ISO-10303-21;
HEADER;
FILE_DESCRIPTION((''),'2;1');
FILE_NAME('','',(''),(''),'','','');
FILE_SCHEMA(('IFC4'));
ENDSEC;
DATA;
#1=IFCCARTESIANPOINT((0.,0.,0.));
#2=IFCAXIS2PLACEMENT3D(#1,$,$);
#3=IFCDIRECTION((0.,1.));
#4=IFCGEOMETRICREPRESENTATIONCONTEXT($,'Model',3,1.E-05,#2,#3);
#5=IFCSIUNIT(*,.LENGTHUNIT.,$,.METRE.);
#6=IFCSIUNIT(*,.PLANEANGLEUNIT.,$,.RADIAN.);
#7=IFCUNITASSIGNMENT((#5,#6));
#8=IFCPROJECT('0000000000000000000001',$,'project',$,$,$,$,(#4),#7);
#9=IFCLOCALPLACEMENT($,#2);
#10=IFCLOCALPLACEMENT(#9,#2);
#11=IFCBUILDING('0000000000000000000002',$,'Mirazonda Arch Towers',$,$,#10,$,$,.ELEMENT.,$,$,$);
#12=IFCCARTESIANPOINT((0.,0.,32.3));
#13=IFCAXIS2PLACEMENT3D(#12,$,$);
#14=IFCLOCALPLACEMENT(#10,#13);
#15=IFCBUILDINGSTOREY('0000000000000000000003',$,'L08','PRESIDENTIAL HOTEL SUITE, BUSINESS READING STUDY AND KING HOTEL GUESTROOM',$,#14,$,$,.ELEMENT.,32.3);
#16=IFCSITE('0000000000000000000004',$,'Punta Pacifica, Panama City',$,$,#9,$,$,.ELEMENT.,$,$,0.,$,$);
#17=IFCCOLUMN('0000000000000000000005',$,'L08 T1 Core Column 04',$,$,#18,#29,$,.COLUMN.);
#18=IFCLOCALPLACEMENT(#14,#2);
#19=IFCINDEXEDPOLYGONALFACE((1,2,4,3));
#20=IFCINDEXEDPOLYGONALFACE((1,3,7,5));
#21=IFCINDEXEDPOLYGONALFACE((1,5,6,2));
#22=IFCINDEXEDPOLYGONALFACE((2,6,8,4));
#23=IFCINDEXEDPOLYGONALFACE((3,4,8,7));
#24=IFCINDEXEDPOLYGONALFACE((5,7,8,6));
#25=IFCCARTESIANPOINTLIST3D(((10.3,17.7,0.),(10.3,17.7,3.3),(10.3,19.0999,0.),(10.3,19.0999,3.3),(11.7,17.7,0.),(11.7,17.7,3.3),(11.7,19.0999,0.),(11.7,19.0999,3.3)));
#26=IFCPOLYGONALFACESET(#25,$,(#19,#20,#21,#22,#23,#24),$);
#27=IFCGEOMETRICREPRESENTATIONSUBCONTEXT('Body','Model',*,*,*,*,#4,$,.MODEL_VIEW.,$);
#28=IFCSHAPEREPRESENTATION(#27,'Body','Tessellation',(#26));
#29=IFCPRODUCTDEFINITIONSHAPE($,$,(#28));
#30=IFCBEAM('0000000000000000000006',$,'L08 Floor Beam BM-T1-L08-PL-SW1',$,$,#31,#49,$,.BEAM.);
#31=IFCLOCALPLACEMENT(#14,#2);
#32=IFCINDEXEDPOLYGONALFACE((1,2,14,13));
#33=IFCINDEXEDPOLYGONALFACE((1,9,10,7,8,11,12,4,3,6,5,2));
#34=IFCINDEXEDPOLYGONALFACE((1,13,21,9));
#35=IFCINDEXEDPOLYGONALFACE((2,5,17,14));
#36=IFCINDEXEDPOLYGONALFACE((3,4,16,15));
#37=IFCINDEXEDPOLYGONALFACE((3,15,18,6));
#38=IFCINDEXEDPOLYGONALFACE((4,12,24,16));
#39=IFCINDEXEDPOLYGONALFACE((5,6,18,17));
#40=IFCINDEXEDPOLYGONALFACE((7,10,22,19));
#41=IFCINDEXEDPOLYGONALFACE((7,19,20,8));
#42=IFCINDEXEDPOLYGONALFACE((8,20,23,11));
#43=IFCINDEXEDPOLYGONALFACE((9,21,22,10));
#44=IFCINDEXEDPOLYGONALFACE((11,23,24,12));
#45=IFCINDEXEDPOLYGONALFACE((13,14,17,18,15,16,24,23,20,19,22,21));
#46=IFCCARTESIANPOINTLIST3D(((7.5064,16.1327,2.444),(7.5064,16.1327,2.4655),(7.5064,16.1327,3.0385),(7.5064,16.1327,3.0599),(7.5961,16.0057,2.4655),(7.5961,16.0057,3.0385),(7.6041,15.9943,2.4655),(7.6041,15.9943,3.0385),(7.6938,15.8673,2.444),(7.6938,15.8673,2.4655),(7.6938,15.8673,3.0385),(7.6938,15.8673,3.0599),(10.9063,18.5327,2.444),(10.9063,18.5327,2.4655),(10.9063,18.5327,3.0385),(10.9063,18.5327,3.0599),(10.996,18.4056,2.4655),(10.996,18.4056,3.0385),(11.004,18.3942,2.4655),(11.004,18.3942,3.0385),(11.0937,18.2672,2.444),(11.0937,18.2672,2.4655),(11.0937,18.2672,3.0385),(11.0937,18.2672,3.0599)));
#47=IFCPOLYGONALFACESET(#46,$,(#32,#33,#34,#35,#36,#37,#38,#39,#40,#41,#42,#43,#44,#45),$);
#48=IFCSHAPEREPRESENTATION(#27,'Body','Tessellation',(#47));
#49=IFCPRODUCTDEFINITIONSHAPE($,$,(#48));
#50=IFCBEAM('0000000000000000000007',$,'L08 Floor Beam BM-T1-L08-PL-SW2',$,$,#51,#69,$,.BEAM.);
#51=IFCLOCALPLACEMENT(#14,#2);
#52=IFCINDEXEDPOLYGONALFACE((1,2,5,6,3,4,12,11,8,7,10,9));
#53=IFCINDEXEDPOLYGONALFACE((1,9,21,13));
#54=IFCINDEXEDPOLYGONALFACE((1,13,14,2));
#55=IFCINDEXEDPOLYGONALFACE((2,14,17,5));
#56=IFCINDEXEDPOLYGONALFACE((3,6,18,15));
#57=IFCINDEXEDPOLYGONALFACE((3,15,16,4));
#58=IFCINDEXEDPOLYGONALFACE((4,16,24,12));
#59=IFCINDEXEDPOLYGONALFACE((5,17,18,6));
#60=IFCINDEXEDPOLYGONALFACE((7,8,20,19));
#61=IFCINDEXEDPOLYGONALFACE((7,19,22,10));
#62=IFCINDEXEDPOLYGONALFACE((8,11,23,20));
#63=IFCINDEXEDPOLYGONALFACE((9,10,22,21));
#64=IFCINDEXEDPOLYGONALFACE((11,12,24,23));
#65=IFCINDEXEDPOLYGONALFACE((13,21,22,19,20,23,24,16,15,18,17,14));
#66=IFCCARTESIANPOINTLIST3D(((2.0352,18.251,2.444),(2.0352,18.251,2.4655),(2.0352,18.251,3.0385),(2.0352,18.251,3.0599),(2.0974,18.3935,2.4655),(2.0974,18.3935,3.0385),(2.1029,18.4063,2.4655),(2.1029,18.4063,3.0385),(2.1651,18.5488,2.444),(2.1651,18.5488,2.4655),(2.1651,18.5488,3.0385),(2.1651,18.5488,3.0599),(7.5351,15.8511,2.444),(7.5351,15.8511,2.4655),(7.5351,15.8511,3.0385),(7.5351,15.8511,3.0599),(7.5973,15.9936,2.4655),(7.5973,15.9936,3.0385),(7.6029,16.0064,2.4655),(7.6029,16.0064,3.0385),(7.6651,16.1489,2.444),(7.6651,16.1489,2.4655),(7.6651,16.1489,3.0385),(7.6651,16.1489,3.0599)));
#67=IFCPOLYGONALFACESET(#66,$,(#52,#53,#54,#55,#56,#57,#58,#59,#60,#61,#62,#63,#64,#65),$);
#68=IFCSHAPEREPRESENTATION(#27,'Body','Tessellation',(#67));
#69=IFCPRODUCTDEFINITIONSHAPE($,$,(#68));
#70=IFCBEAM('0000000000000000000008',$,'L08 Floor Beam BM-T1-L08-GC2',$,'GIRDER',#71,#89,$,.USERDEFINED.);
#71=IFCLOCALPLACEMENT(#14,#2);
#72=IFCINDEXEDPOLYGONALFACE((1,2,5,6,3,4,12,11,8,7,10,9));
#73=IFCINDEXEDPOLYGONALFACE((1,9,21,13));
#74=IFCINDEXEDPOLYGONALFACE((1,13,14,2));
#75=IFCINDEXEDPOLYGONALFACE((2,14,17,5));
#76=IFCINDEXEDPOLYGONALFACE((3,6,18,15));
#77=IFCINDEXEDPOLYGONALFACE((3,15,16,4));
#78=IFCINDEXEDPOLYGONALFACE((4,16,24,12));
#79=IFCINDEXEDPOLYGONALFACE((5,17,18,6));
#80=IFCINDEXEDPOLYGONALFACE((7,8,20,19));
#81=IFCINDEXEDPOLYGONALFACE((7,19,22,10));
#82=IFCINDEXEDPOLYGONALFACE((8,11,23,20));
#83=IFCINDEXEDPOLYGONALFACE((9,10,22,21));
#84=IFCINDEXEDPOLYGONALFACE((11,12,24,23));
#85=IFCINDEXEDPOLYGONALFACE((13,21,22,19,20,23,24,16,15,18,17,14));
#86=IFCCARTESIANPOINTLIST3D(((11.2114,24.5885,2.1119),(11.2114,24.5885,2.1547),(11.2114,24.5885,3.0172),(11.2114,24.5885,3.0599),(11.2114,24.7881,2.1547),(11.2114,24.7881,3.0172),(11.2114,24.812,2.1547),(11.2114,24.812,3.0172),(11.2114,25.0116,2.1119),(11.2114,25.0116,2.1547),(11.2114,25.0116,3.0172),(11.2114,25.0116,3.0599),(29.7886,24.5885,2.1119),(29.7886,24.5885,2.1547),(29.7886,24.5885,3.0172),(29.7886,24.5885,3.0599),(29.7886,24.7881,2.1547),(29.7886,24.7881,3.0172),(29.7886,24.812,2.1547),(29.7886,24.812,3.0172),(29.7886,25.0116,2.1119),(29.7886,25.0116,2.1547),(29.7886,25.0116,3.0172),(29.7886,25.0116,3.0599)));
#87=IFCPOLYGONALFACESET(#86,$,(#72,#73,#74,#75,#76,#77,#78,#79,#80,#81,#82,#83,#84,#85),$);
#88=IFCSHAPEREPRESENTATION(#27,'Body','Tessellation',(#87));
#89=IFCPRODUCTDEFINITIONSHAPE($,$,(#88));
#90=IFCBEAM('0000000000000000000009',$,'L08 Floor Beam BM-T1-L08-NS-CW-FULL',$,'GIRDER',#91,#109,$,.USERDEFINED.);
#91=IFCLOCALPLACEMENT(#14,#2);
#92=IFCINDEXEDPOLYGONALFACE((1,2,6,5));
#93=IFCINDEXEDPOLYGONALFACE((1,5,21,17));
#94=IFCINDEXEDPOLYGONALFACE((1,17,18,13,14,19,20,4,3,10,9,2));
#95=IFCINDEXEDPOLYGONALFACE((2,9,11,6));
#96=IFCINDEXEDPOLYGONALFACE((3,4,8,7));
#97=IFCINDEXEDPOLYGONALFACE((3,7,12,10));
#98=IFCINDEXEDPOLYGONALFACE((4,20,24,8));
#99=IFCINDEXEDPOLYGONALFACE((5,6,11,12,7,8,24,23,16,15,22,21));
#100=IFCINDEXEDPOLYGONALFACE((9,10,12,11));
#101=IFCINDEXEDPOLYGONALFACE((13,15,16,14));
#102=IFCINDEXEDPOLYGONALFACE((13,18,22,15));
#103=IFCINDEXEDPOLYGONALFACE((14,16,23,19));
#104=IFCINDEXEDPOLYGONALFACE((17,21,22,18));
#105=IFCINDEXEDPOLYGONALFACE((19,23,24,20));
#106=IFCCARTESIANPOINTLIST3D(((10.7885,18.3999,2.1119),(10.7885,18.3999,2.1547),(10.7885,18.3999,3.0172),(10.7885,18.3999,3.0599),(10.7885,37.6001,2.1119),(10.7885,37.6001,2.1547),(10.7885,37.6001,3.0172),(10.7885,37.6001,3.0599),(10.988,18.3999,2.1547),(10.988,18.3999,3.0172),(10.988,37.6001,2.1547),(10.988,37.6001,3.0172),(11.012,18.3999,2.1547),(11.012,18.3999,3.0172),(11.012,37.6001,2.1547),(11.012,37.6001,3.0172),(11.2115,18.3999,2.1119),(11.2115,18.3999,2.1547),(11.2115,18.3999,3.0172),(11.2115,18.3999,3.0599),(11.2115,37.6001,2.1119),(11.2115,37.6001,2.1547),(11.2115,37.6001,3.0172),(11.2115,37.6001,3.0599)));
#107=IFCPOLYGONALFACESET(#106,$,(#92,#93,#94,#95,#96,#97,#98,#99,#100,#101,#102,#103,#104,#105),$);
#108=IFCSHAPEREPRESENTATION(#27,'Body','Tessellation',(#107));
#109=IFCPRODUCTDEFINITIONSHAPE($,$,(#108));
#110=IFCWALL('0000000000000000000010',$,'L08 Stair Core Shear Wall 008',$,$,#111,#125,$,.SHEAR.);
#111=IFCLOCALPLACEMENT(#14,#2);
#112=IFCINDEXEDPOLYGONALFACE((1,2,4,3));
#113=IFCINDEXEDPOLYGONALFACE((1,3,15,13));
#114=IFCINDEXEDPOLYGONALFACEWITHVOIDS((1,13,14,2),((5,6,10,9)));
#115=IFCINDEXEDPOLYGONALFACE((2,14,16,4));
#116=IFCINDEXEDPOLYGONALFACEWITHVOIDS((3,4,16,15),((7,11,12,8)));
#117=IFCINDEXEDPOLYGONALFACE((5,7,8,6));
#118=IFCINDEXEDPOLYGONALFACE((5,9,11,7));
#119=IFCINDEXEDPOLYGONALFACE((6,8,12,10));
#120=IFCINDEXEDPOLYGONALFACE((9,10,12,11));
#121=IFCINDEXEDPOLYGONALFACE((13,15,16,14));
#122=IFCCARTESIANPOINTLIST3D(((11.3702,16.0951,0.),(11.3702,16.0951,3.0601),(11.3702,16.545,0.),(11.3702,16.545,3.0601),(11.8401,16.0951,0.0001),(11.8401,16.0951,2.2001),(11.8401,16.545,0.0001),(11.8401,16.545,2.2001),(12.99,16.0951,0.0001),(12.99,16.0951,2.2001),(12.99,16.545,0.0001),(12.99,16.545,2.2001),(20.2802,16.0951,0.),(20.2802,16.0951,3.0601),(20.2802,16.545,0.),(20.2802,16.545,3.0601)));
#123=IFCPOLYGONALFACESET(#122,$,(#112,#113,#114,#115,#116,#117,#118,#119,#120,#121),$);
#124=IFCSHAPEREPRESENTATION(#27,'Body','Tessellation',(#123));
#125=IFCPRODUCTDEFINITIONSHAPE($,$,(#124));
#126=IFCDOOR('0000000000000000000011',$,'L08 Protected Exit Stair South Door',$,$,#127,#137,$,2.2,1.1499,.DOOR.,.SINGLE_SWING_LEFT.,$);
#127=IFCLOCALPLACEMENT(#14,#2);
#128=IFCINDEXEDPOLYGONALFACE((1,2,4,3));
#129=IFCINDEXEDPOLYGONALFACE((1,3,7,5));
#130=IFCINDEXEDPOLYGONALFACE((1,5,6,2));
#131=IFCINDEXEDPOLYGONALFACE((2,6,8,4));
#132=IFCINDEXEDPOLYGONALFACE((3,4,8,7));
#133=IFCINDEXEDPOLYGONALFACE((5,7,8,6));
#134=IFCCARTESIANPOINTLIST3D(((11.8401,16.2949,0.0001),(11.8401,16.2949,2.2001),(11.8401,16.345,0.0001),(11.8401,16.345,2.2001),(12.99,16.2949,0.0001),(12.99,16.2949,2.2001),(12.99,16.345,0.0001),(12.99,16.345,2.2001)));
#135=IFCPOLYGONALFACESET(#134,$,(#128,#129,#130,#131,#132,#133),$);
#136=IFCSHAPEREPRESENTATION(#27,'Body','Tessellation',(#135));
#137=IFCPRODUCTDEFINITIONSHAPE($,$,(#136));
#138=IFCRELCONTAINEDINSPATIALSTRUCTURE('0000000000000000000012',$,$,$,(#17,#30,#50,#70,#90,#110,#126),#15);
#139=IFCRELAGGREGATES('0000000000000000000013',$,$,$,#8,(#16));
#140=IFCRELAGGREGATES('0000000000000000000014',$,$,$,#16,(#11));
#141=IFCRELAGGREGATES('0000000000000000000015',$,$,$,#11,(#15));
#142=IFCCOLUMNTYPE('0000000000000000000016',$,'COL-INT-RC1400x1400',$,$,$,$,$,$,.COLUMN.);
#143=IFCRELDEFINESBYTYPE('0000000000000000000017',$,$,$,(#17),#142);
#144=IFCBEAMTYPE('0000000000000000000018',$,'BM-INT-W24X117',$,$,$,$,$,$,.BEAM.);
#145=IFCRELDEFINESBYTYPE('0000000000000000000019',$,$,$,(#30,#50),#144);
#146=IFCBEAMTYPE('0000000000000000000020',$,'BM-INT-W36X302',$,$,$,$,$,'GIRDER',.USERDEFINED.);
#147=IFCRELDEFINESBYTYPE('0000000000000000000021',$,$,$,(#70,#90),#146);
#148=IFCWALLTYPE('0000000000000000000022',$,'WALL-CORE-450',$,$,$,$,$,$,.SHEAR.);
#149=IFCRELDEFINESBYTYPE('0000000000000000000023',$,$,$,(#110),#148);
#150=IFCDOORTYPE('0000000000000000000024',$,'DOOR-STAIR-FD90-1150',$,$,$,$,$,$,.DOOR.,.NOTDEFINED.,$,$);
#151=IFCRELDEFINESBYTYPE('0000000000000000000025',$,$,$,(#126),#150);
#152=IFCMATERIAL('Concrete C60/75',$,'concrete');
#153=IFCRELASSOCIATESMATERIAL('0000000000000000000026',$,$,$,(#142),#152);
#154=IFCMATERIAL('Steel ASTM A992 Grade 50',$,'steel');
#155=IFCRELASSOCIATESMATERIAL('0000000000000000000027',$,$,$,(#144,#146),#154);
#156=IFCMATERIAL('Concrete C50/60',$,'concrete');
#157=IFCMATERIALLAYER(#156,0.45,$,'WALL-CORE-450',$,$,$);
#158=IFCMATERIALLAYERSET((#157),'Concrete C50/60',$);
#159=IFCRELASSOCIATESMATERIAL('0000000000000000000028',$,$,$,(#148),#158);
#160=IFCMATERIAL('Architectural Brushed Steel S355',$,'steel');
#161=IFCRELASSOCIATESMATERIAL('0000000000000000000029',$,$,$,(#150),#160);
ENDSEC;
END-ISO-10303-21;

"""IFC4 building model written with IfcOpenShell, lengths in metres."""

from ifc_helpers import new_model, si_unit, direction, frame, frame_2d, origin, origin_2d, place, context, subcontext, project, spatial, rectangle, i_section, extrude, material, layer, layer_set, material_profile, profile_set, type_object, element, fill, save


model = new_model("IFC4")

# Units and contexts
model_context = context("Model", 3, precision=1e-05, world=origin(), true_north=direction((0.0, 1.0)))
body_context = subcontext(model_context, "Body", "Model", "MODEL_VIEW")
ifc_project = project(units=[si_unit("LENGTHUNIT", "METRE"), si_unit("PLANEANGLEUNIT", "RADIAN")], contexts=[model_context])

# Site, building, storey
site_placement = place(None, origin())
site = spatial("IfcSite", under=ifc_project, at=site_placement, Name="Punta Pacifica, Panama City", CompositionType="ELEMENT", RefElevation=0.0)
building_placement = place(site_placement, origin())
building = spatial("IfcBuilding", under=site, at=building_placement, Name="Mirazonda Arch Towers", CompositionType="ELEMENT")
storey_placement = place(building_placement, frame((0.0, 0.0, 32.3)))
storey = spatial("IfcBuildingStorey", under=building, at=storey_placement, Name="L08", Description="PRESIDENTIAL HOTEL SUITE, BUSINESS READING STUDY AND KING HOTEL GUESTROOM", CompositionType="ELEMENT", Elevation=32.3)

# Column
ifc_material_1 = material(Name="Concrete C60/75", Category="concrete")
ifc_material_profile_1 = material_profile(ifc_material_1, rectangle(XDim=1.3999, YDim=1.3999, at=origin_2d()), Name="RC1400x1400")
ifc_profile_set_1 = profile_set([ifc_material_profile_1], Name="Concrete C60/75")
column_type = type_object("IfcColumnType", Name="COL-INT-RC1400x1400", PredefinedType="COLUMN", material=ifc_profile_set_1)
column_placement = place(storey_placement, frame((11.0, 18.3999, 0.0), z_axis=(0.0, 0.0, 1.0), x_axis=(1.0, 0.0, 0.0)))
element("IfcColumn", 1, at=column_placement, inside=storey, type_object=column_type, Name="L08 T1 Core Column 04", PredefinedType="COLUMN", context=body_context, shape_type="SweptSolid", body=[
    extrude(rectangle(XDim=1.3999, YDim=1.3999, at=origin_2d()), origin(), (0.0, 0.0, 1.0), 3.3),
])

# Beams
ifc_material_2 = material(Name="Steel ASTM A992 Grade 50", Category="steel")
ifc_material_profile_2 = material_profile(ifc_material_2, i_section(OverallWidth=0.325, OverallDepth=0.616, WebThickness=0.0139, FlangeThickness=0.0215, at=origin_2d()), Name="W24X117")
ifc_profile_set_2 = profile_set([ifc_material_profile_2], Name="Steel ASTM A992 Grade 50")
beam_type_1 = type_object("IfcBeamType", Name="BM-INT-W24X117", PredefinedType="BEAM", material=ifc_profile_set_2)
beam_1_placement = place(storey_placement, frame((7.6001, 16.0, 2.752), z_axis=(0.816971, 0.576679, 0.0), x_axis=(-0.576679, 0.816971, 0.0)))
element("IfcBeam", 2, at=beam_1_placement, inside=storey, type_object=beam_type_1, Name="L08 Floor Beam BM-T1-L08-PL-SW1", PredefinedType="BEAM", context=body_context, shape_type="SweptSolid", body=[
    extrude(i_section(OverallWidth=0.325, OverallDepth=0.616, WebThickness=0.0139, FlangeThickness=0.0215, at=origin_2d()), origin(), (0.0, 0.0, 1.0), 4.1616),
])
beam_2_placement = place(storey_placement, frame((7.6001, 16.0, 2.752), z_axis=(-0.916545, 0.399931, 0.0), x_axis=(-0.399931, -0.916545, 0.0)))
element("IfcBeam", 3, at=beam_2_placement, inside=storey, type_object=beam_type_1, Name="L08 Floor Beam BM-T1-L08-PL-SW2", PredefinedType="BEAM", context=body_context, shape_type="SweptSolid", body=[
    extrude(i_section(OverallWidth=0.325, OverallDepth=0.616, WebThickness=0.0139, FlangeThickness=0.0215, at=origin_2d()), origin(), (0.0, 0.0, 1.0), 6.0007),
])
ifc_material_profile_3 = material_profile(ifc_material_2, i_section(OverallWidth=0.4231, OverallDepth=0.948, WebThickness=0.0239, FlangeThickness=0.0427, at=origin_2d()), Name="W36X302")
ifc_profile_set_3 = profile_set([ifc_material_profile_3], Name="Steel ASTM A992 Grade 50")
beam_type_2 = type_object("IfcBeamType", Name="BM-INT-W36X302", ElementType="GIRDER", PredefinedType="USERDEFINED", material=ifc_profile_set_3)
beam_3_placement = place(storey_placement, frame((11.2114, 24.8, 2.5859), z_axis=(1.0, 0.0, 0.0), x_axis=(0.0, 1.0, 0.0)))
element("IfcBeam", 4, at=beam_3_placement, inside=storey, type_object=beam_type_2, Name="L08 Floor Beam BM-T1-L08-GC2", ObjectType="GIRDER", PredefinedType="USERDEFINED", context=body_context, shape_type="SweptSolid", body=[
    extrude(i_section(OverallWidth=0.4231, OverallDepth=0.948, WebThickness=0.0239, FlangeThickness=0.0427, at=origin_2d()), origin(), (0.0, 0.0, 1.0), 18.5771),
])
beam_4_placement = place(storey_placement, frame((11.0, 18.3999, 2.5859), z_axis=(0.0, 1.0, 0.0), x_axis=(-1.0, 0.0, 0.0)))
element("IfcBeam", 5, at=beam_4_placement, inside=storey, type_object=beam_type_2, Name="L08 Floor Beam BM-T1-L08-NS-CW-FULL", ObjectType="GIRDER", PredefinedType="USERDEFINED", context=body_context, shape_type="SweptSolid", body=[
    extrude(i_section(OverallWidth=0.4231, OverallDepth=0.948, WebThickness=0.0239, FlangeThickness=0.0427, at=origin_2d()), origin(), (0.0, 0.0, 1.0), 19.2002),
])

# Wall, opening, door
ifc_material_3 = material(Name="Concrete C50/60", Category="concrete")
ifc_layer_1 = layer(ifc_material_3, 0.45, Name="WALL-CORE-450")
ifc_layer_set_1 = layer_set([ifc_layer_1], Name="Concrete C50/60")
wall_type_1 = type_object("IfcWallType", Name="WALL-CORE-450", PredefinedType="SHEAR", material=ifc_layer_set_1)
wall_1_placement = place(storey_placement, frame((11.3701, 16.3201, 0.0), z_axis=(0.0, 0.0, 1.0), x_axis=(1.0, 0.0, 0.0)))
wall_1 = element("IfcWall", 6, at=wall_1_placement, inside=storey, type_object=wall_type_1, Name="L08 Stair Core Shear Wall 008", PredefinedType="SHEAR", context=body_context, shape_type="SweptSolid", body=[
    extrude(rectangle(XDim=8.9099, YDim=0.45, at=frame_2d((4.4551, 0.0))), origin(), (0.0, 0.0, 1.0), 3.0601),
])
opening_1_placement = place(wall_1_placement, frame((0.47, 0.0, 0.0)))
opening_1 = element("IfcOpeningElement", 7, at=opening_1_placement, cuts=wall_1, PredefinedType="OPENING", context=body_context, shape_type="SweptSolid", body=[
    extrude(rectangle(XDim=1.1499, YDim=2.2, at=frame_2d((0.575, 1.1001))), frame((0.0, 0.2349, 0.0), z_axis=(0.0, -1.0, 0.0), x_axis=(1.0, 0.0, 0.0)), (0.0, 0.0, 1.0), 0.47),
])
ifc_material_4 = material(Name="Architectural Brushed Steel S355", Category="steel")
door_type_1 = type_object("IfcDoorType", Name="DOOR-STAIR-FD90-1150", OperationType="NOTDEFINED", PredefinedType="DOOR", material=ifc_material_4)
door_1_placement = place(opening_1_placement, origin())
door_1 = element("IfcDoor", 8, at=door_1_placement, inside=storey, type_object=door_type_1, Name="L08 Protected Exit Stair South Door", OperationType="SINGLE_SWING_LEFT", OverallHeight=2.2, OverallWidth=1.1499, PredefinedType="DOOR", context=body_context, shape_type="SweptSolid", body=[
    extrude(rectangle(XDim=1.1499, YDim=2.2, at=frame_2d((0.575, 1.1001))), frame((0.0, 0.0249, 0.0), z_axis=(0.0, -1.0, 0.0), x_axis=(1.0, 0.0, 0.0)), (0.0, 0.0, 1.0), 0.05),
])
fill(opening_1, door_1)

save(model, "model.ifc")
